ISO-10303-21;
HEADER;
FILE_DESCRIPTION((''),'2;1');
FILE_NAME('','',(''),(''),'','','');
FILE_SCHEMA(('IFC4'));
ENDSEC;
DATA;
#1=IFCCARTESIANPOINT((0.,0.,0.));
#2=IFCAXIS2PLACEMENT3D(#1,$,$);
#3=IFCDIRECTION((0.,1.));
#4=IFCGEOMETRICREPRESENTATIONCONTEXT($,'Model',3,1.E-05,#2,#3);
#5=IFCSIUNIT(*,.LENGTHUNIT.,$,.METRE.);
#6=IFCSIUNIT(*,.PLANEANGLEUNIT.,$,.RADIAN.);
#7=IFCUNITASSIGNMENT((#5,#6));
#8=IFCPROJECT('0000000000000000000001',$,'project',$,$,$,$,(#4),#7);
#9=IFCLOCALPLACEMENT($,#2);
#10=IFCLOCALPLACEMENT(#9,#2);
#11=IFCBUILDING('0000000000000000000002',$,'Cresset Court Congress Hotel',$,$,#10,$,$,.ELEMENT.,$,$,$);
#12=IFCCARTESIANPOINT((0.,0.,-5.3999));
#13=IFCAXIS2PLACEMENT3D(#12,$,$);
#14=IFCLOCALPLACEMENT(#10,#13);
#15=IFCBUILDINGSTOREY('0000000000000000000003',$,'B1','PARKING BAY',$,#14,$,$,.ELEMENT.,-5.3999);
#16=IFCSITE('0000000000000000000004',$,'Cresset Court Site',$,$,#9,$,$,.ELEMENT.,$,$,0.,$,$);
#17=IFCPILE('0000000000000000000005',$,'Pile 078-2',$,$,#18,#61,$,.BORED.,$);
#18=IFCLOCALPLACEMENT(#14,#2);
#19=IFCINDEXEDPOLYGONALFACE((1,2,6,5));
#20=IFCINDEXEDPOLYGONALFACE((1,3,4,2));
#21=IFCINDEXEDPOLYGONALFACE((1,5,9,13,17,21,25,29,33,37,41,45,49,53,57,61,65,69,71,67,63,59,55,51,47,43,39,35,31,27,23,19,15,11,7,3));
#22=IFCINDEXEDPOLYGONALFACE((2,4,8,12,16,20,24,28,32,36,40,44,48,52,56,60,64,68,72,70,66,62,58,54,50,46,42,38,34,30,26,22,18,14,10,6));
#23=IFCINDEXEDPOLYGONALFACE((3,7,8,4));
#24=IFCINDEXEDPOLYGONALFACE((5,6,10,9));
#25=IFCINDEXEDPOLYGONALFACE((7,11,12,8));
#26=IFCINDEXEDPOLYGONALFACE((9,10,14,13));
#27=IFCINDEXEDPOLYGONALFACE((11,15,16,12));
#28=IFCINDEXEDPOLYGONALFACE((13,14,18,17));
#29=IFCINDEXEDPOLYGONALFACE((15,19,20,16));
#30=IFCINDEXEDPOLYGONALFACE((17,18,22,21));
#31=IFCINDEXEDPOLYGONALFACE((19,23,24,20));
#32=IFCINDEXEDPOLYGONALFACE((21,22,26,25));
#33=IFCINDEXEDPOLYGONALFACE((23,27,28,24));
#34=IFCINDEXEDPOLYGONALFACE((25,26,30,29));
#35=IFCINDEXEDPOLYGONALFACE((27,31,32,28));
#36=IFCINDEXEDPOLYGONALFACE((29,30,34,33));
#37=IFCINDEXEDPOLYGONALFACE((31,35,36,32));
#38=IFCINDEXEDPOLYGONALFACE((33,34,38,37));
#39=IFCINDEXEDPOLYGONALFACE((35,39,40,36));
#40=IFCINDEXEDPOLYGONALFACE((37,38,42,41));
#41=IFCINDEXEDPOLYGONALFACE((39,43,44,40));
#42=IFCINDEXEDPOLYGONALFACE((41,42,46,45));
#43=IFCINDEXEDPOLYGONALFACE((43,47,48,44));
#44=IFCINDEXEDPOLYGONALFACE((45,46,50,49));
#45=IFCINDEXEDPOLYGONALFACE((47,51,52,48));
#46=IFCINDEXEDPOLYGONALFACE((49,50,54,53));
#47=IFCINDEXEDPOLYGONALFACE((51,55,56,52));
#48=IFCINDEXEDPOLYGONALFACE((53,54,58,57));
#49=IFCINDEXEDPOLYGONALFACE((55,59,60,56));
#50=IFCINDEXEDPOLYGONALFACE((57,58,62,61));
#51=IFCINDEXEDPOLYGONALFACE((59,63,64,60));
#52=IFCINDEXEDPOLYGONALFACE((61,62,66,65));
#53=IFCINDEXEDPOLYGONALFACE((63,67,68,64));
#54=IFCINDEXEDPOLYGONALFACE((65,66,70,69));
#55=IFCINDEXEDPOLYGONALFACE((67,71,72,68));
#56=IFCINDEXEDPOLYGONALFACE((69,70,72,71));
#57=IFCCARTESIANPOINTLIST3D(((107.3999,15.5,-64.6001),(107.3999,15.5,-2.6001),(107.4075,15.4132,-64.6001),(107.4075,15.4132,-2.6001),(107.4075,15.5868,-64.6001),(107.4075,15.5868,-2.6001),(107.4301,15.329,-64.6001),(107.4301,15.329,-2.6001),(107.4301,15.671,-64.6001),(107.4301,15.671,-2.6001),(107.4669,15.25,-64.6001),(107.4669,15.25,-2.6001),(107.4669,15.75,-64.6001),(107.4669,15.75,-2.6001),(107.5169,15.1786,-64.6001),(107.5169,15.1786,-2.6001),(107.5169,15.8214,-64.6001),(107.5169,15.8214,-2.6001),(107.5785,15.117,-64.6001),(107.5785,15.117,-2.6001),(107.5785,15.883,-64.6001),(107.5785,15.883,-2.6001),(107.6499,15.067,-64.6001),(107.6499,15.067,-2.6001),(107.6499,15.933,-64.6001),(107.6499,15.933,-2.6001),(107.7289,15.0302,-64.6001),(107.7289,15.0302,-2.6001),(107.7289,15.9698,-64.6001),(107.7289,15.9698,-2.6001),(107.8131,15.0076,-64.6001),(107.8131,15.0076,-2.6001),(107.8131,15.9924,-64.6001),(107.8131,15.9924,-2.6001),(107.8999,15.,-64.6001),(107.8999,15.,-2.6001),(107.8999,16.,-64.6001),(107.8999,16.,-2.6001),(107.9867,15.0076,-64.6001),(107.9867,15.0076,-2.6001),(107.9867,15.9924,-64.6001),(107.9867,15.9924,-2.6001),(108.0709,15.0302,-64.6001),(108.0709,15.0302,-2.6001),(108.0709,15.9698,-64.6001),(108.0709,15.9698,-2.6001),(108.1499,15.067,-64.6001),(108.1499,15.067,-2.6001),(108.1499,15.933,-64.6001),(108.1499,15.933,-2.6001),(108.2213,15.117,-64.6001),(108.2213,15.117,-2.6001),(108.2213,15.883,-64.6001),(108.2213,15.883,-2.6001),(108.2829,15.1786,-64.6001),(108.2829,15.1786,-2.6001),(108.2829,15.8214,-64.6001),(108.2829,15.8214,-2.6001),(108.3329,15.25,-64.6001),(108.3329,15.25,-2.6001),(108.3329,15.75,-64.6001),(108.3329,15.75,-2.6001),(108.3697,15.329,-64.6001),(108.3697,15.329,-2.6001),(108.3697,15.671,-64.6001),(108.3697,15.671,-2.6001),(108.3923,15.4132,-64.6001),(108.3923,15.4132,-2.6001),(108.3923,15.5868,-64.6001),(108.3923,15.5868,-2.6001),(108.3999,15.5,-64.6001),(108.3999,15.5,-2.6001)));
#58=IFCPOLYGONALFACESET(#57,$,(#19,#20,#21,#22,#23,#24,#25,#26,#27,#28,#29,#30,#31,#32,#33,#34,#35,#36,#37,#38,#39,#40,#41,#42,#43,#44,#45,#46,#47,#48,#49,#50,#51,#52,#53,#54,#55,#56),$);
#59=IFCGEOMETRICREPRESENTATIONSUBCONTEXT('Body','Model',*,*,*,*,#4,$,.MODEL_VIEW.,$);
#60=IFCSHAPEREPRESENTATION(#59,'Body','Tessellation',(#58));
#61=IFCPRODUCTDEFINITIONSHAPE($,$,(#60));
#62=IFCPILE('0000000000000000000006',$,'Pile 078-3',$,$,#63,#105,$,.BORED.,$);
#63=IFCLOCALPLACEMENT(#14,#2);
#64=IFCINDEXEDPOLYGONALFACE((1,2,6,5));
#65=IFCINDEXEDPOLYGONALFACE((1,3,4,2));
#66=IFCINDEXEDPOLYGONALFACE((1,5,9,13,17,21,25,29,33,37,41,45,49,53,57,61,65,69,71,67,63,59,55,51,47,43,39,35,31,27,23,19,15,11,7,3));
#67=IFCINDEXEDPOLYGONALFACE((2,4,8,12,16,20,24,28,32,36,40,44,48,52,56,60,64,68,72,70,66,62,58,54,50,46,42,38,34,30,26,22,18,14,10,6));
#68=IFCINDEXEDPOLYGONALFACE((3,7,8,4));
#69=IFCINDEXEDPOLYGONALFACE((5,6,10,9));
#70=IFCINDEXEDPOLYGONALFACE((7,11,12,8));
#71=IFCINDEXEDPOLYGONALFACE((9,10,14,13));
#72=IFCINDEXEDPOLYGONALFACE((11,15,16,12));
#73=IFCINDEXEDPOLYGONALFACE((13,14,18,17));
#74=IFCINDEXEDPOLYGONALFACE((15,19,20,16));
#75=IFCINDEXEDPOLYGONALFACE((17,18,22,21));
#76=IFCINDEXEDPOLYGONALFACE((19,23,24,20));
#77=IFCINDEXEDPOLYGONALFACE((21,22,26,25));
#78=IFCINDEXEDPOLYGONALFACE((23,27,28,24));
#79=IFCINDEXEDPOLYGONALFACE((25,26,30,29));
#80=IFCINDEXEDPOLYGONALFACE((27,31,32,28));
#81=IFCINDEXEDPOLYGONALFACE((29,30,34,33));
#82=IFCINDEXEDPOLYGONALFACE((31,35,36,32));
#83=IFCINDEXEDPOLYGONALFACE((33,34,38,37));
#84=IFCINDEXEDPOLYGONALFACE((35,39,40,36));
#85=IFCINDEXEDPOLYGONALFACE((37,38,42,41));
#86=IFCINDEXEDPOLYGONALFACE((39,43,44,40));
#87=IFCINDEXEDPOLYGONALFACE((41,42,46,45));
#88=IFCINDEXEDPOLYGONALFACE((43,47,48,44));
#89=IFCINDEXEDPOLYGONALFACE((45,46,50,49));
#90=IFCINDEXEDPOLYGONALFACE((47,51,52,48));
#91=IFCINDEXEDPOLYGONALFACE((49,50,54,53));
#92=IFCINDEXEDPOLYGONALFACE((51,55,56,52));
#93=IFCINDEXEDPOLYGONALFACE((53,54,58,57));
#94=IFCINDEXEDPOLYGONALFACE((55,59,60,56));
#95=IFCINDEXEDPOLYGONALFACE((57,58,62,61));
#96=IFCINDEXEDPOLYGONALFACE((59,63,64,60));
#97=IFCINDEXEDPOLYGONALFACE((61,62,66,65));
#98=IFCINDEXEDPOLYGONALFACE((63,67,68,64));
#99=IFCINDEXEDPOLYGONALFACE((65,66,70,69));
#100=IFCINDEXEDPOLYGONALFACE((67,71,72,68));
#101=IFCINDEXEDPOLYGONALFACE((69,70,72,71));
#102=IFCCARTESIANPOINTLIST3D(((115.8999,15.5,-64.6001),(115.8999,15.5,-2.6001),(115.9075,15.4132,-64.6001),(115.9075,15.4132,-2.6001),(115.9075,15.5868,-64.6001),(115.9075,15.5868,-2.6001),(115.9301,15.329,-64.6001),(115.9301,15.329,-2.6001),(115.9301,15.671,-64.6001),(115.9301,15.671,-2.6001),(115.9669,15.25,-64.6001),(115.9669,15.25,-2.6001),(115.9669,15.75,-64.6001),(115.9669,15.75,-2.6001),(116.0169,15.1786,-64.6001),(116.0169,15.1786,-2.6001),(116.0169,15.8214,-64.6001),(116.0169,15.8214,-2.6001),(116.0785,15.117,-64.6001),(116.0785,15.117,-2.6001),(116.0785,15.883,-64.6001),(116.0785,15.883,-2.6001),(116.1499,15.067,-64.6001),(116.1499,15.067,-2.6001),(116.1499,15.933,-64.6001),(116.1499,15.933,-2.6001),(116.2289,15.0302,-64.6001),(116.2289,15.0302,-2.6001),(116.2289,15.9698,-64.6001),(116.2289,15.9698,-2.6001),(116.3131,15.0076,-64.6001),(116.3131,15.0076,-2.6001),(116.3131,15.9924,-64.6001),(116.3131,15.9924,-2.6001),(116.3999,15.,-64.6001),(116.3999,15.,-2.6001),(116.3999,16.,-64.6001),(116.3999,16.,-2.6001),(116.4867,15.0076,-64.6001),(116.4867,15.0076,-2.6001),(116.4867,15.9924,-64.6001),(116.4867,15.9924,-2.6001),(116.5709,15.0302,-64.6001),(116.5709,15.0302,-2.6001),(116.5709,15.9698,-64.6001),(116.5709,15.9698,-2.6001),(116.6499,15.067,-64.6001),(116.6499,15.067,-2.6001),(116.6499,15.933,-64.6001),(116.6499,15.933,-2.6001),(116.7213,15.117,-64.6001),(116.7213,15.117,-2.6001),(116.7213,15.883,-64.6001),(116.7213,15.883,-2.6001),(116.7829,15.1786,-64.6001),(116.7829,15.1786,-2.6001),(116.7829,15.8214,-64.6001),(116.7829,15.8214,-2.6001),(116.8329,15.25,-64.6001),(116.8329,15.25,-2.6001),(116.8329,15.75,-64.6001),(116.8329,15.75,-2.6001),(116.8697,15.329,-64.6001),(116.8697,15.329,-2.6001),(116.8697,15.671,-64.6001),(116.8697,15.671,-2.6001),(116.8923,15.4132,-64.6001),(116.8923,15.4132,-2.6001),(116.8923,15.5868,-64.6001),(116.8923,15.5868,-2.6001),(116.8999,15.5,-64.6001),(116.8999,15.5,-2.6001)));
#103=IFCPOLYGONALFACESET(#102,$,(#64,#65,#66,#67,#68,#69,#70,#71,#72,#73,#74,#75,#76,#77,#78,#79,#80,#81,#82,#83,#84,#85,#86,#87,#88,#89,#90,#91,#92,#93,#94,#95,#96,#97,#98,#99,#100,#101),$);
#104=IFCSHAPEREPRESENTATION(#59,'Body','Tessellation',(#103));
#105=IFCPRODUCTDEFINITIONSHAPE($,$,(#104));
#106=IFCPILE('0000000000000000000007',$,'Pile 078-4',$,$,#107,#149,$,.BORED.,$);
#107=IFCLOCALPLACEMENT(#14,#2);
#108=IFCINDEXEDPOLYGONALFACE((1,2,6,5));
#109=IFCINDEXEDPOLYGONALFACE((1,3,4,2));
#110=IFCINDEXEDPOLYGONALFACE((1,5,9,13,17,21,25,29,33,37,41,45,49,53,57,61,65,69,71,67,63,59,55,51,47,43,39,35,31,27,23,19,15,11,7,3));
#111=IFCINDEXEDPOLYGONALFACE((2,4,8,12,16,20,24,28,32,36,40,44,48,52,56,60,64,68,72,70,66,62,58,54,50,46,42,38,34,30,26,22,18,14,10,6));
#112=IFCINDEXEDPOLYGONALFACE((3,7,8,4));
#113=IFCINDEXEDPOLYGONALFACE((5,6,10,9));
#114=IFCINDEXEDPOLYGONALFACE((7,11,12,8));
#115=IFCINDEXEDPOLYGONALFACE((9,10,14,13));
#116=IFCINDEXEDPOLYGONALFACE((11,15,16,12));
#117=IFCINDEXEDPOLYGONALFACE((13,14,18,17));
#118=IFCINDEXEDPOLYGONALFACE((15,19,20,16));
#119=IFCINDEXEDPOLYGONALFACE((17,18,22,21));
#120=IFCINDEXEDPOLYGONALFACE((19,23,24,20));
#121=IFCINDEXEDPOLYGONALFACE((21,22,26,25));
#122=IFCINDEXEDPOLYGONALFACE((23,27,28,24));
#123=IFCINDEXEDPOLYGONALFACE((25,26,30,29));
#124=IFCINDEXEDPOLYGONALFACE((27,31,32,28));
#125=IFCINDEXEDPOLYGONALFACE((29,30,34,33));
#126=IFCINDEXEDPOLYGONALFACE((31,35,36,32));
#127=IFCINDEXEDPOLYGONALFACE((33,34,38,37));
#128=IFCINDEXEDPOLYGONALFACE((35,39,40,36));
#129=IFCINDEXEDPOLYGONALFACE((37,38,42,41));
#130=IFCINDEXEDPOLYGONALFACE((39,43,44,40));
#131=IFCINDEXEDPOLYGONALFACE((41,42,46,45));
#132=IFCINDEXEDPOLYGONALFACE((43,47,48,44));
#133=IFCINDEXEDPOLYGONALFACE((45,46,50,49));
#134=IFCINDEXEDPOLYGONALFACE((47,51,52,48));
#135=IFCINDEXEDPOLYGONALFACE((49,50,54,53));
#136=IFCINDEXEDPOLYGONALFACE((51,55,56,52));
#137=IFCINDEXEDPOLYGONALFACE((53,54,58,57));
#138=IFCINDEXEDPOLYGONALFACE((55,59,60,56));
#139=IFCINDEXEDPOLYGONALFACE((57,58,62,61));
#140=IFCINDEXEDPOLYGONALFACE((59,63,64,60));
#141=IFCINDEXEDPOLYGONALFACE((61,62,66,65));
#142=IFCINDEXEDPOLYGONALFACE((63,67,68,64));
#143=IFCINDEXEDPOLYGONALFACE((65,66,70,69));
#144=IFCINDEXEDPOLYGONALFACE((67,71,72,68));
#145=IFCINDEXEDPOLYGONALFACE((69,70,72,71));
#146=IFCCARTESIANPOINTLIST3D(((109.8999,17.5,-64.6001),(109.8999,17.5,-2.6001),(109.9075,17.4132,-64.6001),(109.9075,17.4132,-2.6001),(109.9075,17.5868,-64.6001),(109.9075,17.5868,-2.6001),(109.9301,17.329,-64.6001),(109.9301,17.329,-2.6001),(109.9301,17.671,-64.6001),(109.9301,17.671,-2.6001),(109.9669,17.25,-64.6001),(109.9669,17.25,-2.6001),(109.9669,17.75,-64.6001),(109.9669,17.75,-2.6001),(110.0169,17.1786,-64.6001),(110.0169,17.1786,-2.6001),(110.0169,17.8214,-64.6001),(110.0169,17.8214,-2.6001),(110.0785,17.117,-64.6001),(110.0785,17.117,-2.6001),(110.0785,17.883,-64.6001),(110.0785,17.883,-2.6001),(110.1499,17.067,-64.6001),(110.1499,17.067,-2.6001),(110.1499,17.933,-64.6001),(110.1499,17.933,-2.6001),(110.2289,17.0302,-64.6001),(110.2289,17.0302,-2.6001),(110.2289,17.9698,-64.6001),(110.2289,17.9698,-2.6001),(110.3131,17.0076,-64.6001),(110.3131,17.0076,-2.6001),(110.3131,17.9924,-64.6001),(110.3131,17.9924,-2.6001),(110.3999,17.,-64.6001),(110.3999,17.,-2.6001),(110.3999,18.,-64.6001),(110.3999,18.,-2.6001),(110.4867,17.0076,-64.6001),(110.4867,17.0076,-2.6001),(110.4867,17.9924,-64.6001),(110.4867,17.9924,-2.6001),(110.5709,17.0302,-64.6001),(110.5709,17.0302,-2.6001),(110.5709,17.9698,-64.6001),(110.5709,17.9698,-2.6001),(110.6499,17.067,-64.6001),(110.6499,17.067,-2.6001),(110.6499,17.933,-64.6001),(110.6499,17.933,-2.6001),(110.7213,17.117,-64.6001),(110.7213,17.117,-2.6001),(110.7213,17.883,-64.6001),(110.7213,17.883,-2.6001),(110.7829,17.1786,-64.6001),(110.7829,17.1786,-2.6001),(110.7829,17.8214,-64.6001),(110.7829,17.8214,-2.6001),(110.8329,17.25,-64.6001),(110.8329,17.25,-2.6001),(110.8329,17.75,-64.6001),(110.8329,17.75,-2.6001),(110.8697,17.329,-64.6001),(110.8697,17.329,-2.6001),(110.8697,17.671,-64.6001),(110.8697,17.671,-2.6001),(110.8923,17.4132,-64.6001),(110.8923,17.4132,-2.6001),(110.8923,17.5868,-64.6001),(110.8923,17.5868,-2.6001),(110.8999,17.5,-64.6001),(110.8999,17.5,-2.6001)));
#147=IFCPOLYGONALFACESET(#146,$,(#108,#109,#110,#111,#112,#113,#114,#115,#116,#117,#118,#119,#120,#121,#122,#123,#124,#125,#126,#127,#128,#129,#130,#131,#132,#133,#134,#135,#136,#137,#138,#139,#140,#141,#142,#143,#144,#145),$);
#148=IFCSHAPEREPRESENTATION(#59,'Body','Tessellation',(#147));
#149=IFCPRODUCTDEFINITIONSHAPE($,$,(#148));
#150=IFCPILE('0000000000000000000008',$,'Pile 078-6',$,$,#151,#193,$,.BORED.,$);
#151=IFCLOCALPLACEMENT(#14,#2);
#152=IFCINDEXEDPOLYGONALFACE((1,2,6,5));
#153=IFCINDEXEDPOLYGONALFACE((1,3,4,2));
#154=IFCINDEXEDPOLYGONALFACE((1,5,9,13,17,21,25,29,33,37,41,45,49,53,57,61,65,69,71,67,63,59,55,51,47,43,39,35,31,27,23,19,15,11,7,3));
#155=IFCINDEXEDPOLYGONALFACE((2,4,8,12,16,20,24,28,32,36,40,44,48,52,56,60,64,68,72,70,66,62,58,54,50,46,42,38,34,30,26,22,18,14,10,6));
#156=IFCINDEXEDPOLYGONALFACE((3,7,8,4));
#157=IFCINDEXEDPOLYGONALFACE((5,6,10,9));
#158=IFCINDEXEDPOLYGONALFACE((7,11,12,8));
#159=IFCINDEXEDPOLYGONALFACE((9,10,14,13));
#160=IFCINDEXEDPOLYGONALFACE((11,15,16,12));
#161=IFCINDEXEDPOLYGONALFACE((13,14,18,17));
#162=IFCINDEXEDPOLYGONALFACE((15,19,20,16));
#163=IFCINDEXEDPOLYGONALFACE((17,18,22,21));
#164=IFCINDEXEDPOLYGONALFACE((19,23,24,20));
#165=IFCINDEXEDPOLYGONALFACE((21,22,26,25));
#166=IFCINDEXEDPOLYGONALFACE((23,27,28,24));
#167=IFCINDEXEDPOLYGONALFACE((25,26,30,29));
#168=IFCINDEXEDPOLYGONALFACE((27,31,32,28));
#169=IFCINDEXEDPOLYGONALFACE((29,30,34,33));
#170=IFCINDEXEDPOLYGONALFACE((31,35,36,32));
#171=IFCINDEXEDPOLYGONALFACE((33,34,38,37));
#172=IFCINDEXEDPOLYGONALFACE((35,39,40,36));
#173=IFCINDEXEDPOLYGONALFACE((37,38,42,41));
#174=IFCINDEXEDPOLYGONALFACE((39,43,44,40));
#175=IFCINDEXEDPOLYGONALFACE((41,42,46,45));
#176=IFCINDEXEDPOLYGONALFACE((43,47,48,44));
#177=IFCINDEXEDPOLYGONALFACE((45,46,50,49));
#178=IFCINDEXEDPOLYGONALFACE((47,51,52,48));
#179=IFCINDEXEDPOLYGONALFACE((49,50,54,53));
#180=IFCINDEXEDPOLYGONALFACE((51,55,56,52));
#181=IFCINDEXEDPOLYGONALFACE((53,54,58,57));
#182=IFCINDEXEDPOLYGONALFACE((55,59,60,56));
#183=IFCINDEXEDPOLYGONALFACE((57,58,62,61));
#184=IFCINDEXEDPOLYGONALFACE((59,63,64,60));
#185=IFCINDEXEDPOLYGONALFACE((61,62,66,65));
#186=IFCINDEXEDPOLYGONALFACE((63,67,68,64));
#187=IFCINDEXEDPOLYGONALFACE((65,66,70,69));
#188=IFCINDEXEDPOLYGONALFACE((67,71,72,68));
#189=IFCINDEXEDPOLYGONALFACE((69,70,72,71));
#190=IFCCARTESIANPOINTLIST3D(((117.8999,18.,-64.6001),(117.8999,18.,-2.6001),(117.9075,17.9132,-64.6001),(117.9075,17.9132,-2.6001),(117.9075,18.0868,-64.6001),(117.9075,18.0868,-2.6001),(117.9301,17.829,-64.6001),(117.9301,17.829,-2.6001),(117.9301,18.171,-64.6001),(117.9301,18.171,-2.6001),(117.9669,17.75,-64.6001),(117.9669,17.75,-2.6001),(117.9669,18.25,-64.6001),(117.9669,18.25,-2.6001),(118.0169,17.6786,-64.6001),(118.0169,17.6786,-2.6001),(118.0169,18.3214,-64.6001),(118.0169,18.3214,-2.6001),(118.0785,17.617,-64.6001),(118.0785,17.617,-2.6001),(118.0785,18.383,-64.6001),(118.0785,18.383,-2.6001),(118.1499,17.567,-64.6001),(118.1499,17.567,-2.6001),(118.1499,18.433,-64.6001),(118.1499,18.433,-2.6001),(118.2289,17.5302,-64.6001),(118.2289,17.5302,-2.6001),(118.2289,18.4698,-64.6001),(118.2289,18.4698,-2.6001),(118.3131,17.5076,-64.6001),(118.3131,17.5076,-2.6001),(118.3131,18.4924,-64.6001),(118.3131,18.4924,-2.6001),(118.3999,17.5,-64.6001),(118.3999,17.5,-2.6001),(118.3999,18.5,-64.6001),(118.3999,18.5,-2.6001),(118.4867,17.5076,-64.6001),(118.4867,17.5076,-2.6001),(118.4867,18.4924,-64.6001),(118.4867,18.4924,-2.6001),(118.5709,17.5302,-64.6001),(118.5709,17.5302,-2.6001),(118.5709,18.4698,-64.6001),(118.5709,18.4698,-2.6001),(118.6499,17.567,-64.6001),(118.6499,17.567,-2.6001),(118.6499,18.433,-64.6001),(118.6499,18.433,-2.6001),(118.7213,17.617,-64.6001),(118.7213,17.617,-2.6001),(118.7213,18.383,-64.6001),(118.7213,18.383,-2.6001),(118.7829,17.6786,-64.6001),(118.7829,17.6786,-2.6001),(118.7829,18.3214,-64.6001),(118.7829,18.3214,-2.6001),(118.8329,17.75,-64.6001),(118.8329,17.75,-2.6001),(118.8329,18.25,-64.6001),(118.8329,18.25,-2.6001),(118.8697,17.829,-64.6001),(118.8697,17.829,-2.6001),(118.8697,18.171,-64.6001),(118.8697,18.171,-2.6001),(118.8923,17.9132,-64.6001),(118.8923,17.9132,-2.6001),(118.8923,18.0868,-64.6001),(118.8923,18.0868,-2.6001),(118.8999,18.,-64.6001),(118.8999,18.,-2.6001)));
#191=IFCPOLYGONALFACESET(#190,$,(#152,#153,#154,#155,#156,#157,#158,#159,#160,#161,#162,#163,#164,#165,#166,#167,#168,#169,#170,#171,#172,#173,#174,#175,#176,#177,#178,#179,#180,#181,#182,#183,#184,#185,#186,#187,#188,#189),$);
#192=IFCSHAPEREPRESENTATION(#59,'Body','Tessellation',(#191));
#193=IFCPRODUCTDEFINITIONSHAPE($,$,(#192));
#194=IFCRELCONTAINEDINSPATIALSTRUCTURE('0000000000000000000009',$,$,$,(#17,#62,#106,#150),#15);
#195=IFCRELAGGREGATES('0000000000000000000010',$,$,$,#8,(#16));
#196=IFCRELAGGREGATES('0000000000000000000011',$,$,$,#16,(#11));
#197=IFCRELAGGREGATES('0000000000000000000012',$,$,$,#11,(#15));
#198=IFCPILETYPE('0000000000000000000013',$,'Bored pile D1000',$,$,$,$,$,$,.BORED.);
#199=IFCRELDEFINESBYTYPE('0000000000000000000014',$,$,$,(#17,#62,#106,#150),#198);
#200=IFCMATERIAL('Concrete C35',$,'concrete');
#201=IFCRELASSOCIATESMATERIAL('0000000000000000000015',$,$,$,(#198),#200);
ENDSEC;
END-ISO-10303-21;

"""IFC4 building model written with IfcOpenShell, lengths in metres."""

from ifc_helpers import new_model, si_unit, direction, frame, origin, origin_2d, place, context, subcontext, project, spatial, circle, extrude, material, type_object, element, save


model = new_model("IFC4")

# Units and contexts
model_context = context("Model", 3, precision=1e-05, world=origin(), true_north=direction((0.0, 1.0)))
body_context = subcontext(model_context, "Body", "Model", "MODEL_VIEW")
ifc_project = project(units=[si_unit("LENGTHUNIT", "METRE"), si_unit("PLANEANGLEUNIT", "RADIAN")], contexts=[model_context])

# Site, building, storey
site_placement = place(None, origin())
site = spatial("IfcSite", under=ifc_project, at=site_placement, Name="Cresset Court Site", CompositionType="ELEMENT", RefElevation=0.0)
building_placement = place(site_placement, origin())
building = spatial("IfcBuilding", under=site, at=building_placement, Name="Cresset Court Congress Hotel", CompositionType="ELEMENT")
storey_placement = place(building_placement, frame((0.0, 0.0, -5.3999)))
storey = spatial("IfcBuildingStorey", under=building, at=storey_placement, Name="B1", Description="PARKING BAY", CompositionType="ELEMENT", Elevation=-5.3999)

# Piles
ifc_material_1 = material(Name="Concrete C35", Category="concrete")
pile_type = type_object("IfcPileType", Name="Bored pile D1000", PredefinedType="BORED", material=ifc_material_1)
for number, where, z_axis, x_axis, name in (
    (1, (107.8999, 15.5, -2.6001), (0.0, 0.0, -1.0), (1.0, 0.0, 0.0), "Pile 078-2"),
    (2, (116.3999, 15.5, -2.6001), (0.0, 0.0, -1.0), (1.0, 0.0, 0.0), "Pile 078-3"),
    (3, (110.3999, 17.5, -2.6001), (0.0, 0.0, -1.0), (1.0, 0.0, 0.0), "Pile 078-4"),
    (4, (118.3999, 18.0, -2.6001), (0.0, 0.0, -1.0), (1.0, 0.0, 0.0), "Pile 078-6"),
):
    element("IfcPile", number, at=place(storey_placement, frame(where, z_axis=z_axis, x_axis=x_axis)), inside=storey, type_object=pile_type, Name=name, PredefinedType="BORED", context=body_context, shape_type="SweptSolid", body=[
        extrude(circle(Radius=0.5, at=origin_2d()), origin(), (0.0, 0.0, 1.0), 62.0),
    ])

save(model, "model.ifc")
